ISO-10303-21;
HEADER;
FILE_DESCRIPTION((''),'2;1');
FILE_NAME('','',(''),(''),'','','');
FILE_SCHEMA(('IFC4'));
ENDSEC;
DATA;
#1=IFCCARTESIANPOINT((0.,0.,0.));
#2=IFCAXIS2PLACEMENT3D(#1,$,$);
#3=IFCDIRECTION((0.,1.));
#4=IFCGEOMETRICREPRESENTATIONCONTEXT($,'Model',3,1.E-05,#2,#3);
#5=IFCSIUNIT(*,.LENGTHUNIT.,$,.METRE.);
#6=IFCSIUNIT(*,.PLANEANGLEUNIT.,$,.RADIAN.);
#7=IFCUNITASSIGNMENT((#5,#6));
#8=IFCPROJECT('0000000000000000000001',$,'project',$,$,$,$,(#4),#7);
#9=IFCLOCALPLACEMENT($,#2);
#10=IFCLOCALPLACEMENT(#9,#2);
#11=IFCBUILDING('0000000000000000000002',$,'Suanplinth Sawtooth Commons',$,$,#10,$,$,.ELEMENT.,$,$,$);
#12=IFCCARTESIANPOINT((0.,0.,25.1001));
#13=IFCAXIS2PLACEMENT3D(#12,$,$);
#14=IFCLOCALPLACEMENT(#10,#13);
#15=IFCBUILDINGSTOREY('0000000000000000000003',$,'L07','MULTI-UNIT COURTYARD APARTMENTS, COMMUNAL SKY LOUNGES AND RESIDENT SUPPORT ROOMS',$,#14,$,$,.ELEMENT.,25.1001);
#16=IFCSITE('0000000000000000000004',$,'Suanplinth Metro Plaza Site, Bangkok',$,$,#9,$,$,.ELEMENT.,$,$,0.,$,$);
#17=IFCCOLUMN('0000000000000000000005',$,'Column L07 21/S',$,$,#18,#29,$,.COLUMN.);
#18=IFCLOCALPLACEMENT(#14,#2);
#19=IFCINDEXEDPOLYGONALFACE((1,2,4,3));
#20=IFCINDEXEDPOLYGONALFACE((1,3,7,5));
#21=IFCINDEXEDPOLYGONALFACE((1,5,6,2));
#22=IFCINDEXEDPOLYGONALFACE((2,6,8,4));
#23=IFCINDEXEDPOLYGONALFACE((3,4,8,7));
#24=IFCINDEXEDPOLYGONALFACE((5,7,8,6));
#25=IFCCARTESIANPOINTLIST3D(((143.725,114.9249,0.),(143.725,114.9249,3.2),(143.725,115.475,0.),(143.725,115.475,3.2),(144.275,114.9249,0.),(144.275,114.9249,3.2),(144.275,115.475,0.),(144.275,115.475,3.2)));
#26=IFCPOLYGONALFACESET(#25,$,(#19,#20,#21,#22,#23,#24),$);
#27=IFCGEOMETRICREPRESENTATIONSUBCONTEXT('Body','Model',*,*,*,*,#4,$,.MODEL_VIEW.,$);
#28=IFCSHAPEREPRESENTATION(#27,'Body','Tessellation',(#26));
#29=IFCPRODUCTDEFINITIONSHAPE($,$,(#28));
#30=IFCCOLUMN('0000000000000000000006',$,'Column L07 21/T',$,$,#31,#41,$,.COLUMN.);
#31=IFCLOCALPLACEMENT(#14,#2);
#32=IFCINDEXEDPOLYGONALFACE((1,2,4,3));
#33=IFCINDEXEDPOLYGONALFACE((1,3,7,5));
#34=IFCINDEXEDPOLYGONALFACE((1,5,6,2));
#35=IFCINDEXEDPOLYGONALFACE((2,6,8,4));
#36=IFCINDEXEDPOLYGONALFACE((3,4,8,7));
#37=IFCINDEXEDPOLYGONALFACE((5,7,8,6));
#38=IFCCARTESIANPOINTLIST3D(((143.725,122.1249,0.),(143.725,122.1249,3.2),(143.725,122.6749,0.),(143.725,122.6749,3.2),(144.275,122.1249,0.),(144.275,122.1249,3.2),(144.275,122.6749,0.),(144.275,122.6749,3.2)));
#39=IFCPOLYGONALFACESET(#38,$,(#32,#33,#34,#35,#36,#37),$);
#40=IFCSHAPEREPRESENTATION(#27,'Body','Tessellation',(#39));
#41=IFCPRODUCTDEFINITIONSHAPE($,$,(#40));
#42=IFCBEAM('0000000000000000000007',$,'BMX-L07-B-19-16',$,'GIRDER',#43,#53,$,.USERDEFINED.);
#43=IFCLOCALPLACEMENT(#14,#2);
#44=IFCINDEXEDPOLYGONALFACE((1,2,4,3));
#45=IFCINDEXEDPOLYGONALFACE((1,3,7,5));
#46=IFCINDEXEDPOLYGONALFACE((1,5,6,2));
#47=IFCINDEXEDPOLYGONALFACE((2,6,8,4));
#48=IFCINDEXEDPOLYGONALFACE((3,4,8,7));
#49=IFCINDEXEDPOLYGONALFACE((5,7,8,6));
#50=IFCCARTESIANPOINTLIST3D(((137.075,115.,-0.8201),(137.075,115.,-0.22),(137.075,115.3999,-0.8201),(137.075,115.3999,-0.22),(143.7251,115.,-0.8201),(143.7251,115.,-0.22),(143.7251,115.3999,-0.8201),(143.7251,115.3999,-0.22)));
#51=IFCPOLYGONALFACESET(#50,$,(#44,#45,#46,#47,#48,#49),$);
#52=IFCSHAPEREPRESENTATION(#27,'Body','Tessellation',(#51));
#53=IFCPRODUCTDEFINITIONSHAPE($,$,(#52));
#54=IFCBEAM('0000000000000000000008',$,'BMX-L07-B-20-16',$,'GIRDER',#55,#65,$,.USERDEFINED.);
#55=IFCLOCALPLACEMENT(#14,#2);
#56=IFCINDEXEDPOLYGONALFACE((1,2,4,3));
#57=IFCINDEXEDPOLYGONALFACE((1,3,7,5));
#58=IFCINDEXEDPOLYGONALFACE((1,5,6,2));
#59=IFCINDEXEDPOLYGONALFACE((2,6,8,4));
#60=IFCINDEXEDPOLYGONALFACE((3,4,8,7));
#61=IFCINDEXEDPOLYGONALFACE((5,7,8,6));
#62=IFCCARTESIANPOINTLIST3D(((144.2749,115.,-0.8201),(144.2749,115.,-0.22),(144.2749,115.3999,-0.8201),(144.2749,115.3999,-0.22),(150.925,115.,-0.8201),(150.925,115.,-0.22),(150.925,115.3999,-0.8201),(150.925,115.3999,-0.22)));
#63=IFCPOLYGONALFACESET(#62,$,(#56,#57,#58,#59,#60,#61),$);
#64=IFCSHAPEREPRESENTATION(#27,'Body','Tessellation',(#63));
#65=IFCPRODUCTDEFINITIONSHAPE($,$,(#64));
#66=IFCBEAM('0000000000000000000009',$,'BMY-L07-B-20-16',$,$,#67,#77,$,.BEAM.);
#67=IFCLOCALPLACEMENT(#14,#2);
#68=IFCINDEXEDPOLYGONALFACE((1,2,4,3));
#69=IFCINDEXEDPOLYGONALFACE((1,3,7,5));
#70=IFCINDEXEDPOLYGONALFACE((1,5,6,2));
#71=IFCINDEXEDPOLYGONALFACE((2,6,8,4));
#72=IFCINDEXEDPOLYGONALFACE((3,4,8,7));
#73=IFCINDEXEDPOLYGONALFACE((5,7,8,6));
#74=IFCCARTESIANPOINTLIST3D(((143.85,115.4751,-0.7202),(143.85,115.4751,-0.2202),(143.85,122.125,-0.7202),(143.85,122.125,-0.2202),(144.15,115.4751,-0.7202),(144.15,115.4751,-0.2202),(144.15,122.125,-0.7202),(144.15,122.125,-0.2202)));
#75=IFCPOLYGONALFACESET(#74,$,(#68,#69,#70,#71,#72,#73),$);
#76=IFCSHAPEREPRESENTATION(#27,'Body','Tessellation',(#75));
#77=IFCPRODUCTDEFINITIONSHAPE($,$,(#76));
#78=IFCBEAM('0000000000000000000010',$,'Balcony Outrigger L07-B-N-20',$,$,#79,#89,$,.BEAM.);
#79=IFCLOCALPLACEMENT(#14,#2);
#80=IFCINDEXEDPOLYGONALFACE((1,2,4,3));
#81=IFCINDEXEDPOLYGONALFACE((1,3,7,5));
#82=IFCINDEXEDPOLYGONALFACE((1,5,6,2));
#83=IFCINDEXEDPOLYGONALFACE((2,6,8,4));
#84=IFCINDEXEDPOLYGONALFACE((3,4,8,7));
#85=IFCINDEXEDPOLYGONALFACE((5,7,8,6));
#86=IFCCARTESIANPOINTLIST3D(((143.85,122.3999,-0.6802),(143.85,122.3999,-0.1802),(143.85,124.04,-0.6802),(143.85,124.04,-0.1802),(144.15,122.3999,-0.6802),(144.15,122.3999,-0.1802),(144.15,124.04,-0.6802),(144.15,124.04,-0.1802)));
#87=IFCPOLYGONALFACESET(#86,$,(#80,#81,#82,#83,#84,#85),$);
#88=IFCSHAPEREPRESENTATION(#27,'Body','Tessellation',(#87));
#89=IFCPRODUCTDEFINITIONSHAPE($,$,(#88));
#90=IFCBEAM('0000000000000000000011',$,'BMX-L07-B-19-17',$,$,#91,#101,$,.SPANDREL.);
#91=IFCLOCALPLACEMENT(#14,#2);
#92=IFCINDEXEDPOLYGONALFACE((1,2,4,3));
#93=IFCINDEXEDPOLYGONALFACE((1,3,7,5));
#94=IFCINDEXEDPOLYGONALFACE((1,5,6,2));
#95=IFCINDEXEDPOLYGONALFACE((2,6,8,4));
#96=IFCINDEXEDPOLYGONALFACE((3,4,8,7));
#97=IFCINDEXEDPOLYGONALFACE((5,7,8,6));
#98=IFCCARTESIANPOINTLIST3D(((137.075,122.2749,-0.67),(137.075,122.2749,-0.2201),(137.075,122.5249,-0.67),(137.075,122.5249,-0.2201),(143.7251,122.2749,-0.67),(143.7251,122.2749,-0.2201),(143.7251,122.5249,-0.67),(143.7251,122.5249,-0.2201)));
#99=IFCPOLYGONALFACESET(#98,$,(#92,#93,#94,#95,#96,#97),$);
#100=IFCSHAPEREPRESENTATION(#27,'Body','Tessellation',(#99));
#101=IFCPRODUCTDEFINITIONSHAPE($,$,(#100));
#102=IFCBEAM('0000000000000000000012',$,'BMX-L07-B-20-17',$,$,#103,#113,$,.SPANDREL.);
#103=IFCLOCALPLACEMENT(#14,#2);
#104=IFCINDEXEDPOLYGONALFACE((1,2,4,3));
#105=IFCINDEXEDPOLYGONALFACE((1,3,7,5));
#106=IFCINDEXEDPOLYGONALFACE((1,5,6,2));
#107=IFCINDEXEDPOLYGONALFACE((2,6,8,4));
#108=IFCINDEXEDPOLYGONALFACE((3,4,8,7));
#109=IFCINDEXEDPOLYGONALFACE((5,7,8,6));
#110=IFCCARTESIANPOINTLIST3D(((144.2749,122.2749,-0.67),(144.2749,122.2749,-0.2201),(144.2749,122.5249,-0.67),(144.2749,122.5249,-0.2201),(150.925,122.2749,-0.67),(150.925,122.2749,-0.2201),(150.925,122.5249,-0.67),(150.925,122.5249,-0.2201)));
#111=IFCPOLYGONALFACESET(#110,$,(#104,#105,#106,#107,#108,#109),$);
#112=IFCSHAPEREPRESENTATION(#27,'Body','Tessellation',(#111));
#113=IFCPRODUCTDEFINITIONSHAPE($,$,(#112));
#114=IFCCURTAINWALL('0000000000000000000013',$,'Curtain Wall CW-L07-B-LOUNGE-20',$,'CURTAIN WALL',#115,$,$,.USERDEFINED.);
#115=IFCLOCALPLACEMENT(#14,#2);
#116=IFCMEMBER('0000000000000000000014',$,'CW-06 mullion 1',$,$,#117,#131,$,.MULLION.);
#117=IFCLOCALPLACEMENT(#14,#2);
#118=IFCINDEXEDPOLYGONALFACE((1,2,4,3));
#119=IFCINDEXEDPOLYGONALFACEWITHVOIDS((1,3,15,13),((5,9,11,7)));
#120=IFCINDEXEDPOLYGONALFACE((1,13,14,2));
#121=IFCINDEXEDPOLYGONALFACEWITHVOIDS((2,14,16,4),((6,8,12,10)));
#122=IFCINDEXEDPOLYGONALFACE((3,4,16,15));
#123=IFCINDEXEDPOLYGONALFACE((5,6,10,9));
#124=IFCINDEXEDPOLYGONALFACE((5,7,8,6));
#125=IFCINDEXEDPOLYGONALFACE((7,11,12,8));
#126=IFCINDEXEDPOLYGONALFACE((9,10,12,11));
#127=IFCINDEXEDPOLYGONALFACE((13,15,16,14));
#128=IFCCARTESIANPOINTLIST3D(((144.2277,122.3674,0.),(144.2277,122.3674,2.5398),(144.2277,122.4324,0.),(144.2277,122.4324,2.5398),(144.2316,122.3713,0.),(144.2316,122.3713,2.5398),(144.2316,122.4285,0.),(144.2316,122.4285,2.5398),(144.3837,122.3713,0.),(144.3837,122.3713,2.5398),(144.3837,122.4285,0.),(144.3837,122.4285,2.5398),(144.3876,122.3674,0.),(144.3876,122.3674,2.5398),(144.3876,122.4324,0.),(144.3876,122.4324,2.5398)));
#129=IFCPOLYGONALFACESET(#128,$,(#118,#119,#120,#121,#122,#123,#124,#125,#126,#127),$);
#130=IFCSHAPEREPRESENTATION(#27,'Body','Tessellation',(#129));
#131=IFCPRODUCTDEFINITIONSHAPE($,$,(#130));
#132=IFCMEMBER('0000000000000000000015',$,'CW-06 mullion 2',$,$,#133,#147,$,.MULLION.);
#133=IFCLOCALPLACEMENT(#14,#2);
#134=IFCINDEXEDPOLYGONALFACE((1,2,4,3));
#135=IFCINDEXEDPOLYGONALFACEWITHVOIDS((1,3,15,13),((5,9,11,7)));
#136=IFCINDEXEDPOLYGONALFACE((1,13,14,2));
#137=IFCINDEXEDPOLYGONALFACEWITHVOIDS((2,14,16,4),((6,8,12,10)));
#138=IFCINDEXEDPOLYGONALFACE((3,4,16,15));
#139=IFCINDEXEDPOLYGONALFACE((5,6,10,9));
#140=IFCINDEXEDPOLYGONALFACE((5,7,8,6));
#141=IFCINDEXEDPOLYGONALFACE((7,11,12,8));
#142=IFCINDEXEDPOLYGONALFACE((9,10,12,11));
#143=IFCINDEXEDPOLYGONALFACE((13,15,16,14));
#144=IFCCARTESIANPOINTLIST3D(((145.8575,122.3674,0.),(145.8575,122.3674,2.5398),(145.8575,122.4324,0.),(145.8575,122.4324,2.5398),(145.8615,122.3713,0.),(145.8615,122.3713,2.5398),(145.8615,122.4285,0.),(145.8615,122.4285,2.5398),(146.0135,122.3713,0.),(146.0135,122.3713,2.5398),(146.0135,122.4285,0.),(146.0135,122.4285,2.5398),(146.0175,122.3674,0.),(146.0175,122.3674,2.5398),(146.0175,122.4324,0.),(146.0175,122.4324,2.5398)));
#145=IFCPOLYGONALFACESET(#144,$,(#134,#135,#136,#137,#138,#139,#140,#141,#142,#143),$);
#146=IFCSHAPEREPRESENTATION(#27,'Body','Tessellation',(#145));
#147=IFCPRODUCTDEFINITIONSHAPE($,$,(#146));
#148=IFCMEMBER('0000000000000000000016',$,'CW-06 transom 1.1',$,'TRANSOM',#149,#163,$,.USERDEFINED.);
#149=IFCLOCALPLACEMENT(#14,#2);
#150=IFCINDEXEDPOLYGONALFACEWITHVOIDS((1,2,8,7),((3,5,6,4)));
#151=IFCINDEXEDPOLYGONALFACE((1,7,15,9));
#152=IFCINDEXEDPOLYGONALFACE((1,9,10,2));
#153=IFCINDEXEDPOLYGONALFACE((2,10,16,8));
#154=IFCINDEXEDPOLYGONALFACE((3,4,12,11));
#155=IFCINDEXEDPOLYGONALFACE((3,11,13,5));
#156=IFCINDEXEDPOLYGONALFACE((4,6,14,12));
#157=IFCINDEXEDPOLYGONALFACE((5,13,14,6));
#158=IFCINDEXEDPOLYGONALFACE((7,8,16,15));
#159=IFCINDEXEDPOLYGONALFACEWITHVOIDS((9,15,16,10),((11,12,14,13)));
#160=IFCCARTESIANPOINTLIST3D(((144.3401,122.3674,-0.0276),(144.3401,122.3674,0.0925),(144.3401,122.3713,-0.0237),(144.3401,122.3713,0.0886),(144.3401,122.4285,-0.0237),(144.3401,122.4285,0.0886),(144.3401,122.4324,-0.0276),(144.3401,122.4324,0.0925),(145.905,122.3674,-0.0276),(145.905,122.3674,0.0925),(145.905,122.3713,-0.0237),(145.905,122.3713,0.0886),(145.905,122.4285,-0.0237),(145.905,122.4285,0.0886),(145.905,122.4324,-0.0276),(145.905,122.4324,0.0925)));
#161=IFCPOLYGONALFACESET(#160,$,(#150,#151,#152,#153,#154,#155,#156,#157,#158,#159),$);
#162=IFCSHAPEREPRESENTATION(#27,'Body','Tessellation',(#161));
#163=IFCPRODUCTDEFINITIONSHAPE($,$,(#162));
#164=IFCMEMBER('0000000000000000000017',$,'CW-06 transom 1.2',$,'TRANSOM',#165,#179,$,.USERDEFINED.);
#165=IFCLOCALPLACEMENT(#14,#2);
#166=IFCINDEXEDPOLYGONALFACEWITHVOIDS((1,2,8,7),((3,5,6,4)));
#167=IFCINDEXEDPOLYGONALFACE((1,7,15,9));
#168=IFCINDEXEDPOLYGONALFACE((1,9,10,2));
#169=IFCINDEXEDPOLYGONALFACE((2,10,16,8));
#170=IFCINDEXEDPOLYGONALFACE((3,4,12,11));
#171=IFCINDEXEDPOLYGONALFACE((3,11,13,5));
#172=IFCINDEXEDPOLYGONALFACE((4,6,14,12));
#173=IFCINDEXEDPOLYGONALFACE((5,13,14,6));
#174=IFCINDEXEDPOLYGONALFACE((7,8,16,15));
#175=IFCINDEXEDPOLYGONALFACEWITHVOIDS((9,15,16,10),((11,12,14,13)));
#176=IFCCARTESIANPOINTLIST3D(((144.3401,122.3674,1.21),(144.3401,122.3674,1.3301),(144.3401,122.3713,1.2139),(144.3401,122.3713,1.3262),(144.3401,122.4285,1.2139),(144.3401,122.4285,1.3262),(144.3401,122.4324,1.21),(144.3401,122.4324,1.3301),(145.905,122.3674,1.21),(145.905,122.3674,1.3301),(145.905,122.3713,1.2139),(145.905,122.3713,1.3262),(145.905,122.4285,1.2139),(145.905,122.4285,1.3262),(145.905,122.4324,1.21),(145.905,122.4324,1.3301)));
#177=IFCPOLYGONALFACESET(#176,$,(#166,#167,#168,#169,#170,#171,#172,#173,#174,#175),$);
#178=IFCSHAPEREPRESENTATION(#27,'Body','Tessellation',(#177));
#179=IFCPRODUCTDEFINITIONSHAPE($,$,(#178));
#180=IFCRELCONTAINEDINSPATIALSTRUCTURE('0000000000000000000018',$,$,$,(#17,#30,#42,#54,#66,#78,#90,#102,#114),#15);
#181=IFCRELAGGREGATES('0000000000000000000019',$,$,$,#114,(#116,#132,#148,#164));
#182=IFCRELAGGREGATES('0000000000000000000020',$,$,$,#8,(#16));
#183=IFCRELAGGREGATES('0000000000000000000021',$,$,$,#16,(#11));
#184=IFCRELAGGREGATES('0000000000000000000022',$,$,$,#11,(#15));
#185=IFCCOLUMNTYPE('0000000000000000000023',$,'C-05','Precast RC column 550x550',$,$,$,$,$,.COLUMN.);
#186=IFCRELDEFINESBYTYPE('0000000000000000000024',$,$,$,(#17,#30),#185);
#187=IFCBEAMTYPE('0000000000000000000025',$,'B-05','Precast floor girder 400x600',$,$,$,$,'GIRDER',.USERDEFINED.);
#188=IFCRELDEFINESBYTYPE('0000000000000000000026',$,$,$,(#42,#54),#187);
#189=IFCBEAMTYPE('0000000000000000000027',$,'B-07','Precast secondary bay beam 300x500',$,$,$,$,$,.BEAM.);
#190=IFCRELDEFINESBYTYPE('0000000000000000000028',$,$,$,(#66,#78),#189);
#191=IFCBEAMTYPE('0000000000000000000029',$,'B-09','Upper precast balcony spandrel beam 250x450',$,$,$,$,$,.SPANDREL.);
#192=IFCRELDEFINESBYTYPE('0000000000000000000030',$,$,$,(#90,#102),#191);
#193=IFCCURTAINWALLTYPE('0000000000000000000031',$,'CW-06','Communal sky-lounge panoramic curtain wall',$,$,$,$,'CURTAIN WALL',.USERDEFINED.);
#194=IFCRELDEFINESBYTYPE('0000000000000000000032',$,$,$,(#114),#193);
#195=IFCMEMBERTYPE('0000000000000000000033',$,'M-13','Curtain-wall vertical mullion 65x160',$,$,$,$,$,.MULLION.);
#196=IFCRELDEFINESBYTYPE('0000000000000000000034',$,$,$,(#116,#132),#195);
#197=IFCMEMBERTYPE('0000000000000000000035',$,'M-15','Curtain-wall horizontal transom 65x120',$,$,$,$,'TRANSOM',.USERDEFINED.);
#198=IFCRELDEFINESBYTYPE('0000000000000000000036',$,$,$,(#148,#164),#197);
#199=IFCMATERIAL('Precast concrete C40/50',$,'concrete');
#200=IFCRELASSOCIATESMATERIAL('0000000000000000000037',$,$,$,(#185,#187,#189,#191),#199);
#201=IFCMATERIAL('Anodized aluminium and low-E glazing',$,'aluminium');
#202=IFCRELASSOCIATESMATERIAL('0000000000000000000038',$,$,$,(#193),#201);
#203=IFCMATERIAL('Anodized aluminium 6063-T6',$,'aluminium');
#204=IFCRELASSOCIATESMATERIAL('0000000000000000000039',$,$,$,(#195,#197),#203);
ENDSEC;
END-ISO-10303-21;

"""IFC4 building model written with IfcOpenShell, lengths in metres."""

from ifc_helpers import new_model, si_unit, direction, frame, origin, origin_2d, place, context, subcontext, project, spatial, rectangle, hollow_rectangle, extrude, material, material_profile, profile_set, type_object, element, aggregate, save


model = new_model("IFC4")

# Units and contexts
model_context = context("Model", 3, precision=1e-05, world=origin(), true_north=direction((0.0, 1.0)))
body_context = subcontext(model_context, "Body", "Model", "MODEL_VIEW")
ifc_project = project(units=[si_unit("LENGTHUNIT", "METRE"), si_unit("PLANEANGLEUNIT", "RADIAN")], contexts=[model_context])

# Site, building, storey
site_placement = place(None, origin())
site = spatial("IfcSite", under=ifc_project, at=site_placement, Name="Suanplinth Metro Plaza Site, Bangkok", CompositionType="ELEMENT", RefElevation=0.0)
building_placement = place(site_placement, origin())
building = spatial("IfcBuilding", under=site, at=building_placement, Name="Suanplinth Sawtooth Commons", CompositionType="ELEMENT")
storey_placement = place(building_placement, frame((0.0, 0.0, 25.1001)))
storey = spatial("IfcBuildingStorey", under=building, at=storey_placement, Name="L07", Description="MULTI-UNIT COURTYARD APARTMENTS, COMMUNAL SKY LOUNGES AND RESIDENT SUPPORT ROOMS", CompositionType="ELEMENT", Elevation=25.1001)

# Columns
ifc_material_1 = material(Name="Precast concrete C40/50", Category="concrete")
ifc_material_profile_1 = material_profile(ifc_material_1, rectangle(XDim=0.55, YDim=0.55, at=origin_2d()), Name="PC-COL 550x550")
ifc_profile_set_1 = profile_set([ifc_material_profile_1], Name="Precast concrete C40/50")
column_type = type_object("IfcColumnType", Name="C-05", Description="Precast RC column 550x550", PredefinedType="COLUMN", material=ifc_profile_set_1)
for number, where, z_axis, x_axis, name in (
    (1, (144.0, 115.2, 0.0), (0.0, 0.0, 1.0), (1.0, 0.0, 0.0), "Column L07 21/S"),
    (2, (144.0, 122.3999, 0.0), (0.0, 0.0, 1.0), (1.0, 0.0, 0.0), "Column L07 21/T"),
):
    element("IfcColumn", number, at=place(storey_placement, frame(where, z_axis=z_axis, x_axis=x_axis)), inside=storey, type_object=column_type, Name=name, PredefinedType="COLUMN", context=body_context, shape_type="SweptSolid", body=[
        extrude(rectangle(XDim=0.55, YDim=0.55, at=origin_2d()), origin(), (0.0, 0.0, 1.0), 3.2),
    ])

# Beams
ifc_material_profile_2 = material_profile(ifc_material_1, rectangle(XDim=0.3999, YDim=0.6001, at=origin_2d()), Name="PC-GDR 400x600")
ifc_profile_set_2 = profile_set([ifc_material_profile_2], Name="Precast concrete C40/50")
beam_type_1 = type_object("IfcBeamType", Name="B-05", Description="Precast floor girder 400x600", ElementType="GIRDER", PredefinedType="USERDEFINED", material=ifc_profile_set_2)
for number, where, z_axis, x_axis, name in (
    (3, (137.075, 115.2, -0.52), (1.0, 0.0, 0.0), (0.0, 1.0, 0.0), "BMX-L07-B-19-16"),
    (4, (144.2749, 115.2, -0.52), (1.0, 0.0, 0.0), (0.0, 1.0, 0.0), "BMX-L07-B-20-16"),
):
    element("IfcBeam", number, at=place(storey_placement, frame(where, z_axis=z_axis, x_axis=x_axis)), inside=storey, type_object=beam_type_1, Name=name, ObjectType="GIRDER", PredefinedType="USERDEFINED", context=body_context, shape_type="SweptSolid", body=[
        extrude(rectangle(XDim=0.3999, YDim=0.6001, at=origin_2d()), origin(), (0.0, 0.0, 1.0), 6.6501),
    ])
ifc_material_profile_3 = material_profile(ifc_material_1, rectangle(XDim=0.3, YDim=0.5, at=origin_2d()), Name="PC-BM 300x500")
ifc_profile_set_3 = profile_set([ifc_material_profile_3], Name="Precast concrete C40/50")
beam_type_2 = type_object("IfcBeamType", Name="B-07", Description="Precast secondary bay beam 300x500", PredefinedType="BEAM", material=ifc_profile_set_3)
beam_1_placement = place(storey_placement, frame((144.0, 115.4751, -0.4702), z_axis=(0.0, 1.0, 0.0), x_axis=(-1.0, 0.0, 0.0)))
element("IfcBeam", 5, at=beam_1_placement, inside=storey, type_object=beam_type_2, Name="BMY-L07-B-20-16", PredefinedType="BEAM", context=body_context, shape_type="SweptSolid", body=[
    extrude(rectangle(XDim=0.3, YDim=0.5, at=origin_2d()), origin(), (0.0, 0.0, 1.0), 6.6499),
])
beam_2_placement = place(storey_placement, frame((144.0, 122.3999, -0.4302), z_axis=(0.0, 1.0, 0.0), x_axis=(-1.0, 0.0, 0.0)))
element("IfcBeam", 6, at=beam_2_placement, inside=storey, type_object=beam_type_2, Name="Balcony Outrigger L07-B-N-20", PredefinedType="BEAM", context=body_context, shape_type="SweptSolid", body=[
    extrude(rectangle(XDim=0.3, YDim=0.5, at=origin_2d()), origin(), (0.0, 0.0, 1.0), 1.6401),
])
ifc_material_profile_4 = material_profile(ifc_material_1, rectangle(XDim=0.25, YDim=0.45, at=origin_2d()), Name="PC-SP 250x450")
ifc_profile_set_4 = profile_set([ifc_material_profile_4], Name="Precast concrete C40/50")
beam_type_3 = type_object("IfcBeamType", Name="B-09", Description="Upper precast balcony spandrel beam 250x450", PredefinedType="SPANDREL", material=ifc_profile_set_4)
for number, where, z_axis, x_axis, name in (
    (7, (137.075, 122.3999, -0.4451), (1.0, 0.0, 0.0), (0.0, 1.0, 0.0), "BMX-L07-B-19-17"),
    (8, (144.2749, 122.3999, -0.4451), (1.0, 0.0, 0.0), (0.0, 1.0, 0.0), "BMX-L07-B-20-17"),
):
    element("IfcBeam", number, at=place(storey_placement, frame(where, z_axis=z_axis, x_axis=x_axis)), inside=storey, type_object=beam_type_3, Name=name, PredefinedType="SPANDREL", context=body_context, shape_type="SweptSolid", body=[
        extrude(rectangle(XDim=0.25, YDim=0.45, at=origin_2d()), origin(), (0.0, 0.0, 1.0), 6.6501),
    ])

# Curtain wall, members
ifc_material_2 = material(Name="Anodized aluminium and low-E glazing", Category="aluminium")
curtain_wall_type = type_object("IfcCurtainWallType", Name="CW-06", Description="Communal sky-lounge panoramic curtain wall", ElementType="CURTAIN WALL", PredefinedType="USERDEFINED", material=ifc_material_2)
curtain_wall_placement = place(storey_placement, origin())
curtain_wall = element("IfcCurtainWall", 9, at=curtain_wall_placement, inside=storey, type_object=curtain_wall_type, Name="Curtain Wall CW-L07-B-LOUNGE-20", ObjectType="CURTAIN WALL", PredefinedType="USERDEFINED")
ifc_material_3 = material(Name="Anodized aluminium 6063-T6", Category="aluminium")
ifc_material_profile_5 = material_profile(ifc_material_3, hollow_rectangle(XDim=0.0649, YDim=0.1599, WallThickness=0.0039, at=origin_2d()), Name="ALU-MUL 65x160")
ifc_profile_set_5 = profile_set([ifc_material_profile_5], Name="Anodized aluminium 6063-T6")
member_type_1 = type_object("IfcMemberType", Name="M-13", Description="Curtain-wall vertical mullion 65x160", PredefinedType="MULLION", material=ifc_profile_set_5)
member_1_placement = place(storey_placement, frame((144.3076, 122.3999, 0.0), z_axis=(0.0, 0.0, 1.0), x_axis=(0.0, 1.0, 0.0)))
member_1 = element("IfcMember", 10, at=member_1_placement, type_object=member_type_1, Name="CW-06 mullion 1", PredefinedType="MULLION", context=body_context, shape_type="SweptSolid", body=[
    extrude(hollow_rectangle(XDim=0.0649, YDim=0.1599, WallThickness=0.0039, at=origin_2d()), origin(), (0.0, 0.0, 1.0), 2.5398),
])
member_2_placement = place(storey_placement, frame((145.9375, 122.3999, 0.0), z_axis=(0.0, 0.0, 1.0), x_axis=(0.0, 1.0, 0.0)))
member_2 = element("IfcMember", 11, at=member_2_placement, type_object=member_type_1, Name="CW-06 mullion 2", PredefinedType="MULLION", context=body_context, shape_type="SweptSolid", body=[
    extrude(hollow_rectangle(XDim=0.0649, YDim=0.1599, WallThickness=0.0039, at=origin_2d()), origin(), (0.0, 0.0, 1.0), 2.5398),
])
ifc_material_profile_6 = material_profile(ifc_material_3, hollow_rectangle(XDim=0.0649, YDim=0.1201, WallThickness=0.0039, at=origin_2d()), Name="ALU-TRN 65x120")
ifc_profile_set_6 = profile_set([ifc_material_profile_6], Name="Anodized aluminium 6063-T6")
member_type_2 = type_object("IfcMemberType", Name="M-15", Description="Curtain-wall horizontal transom 65x120", ElementType="TRANSOM", PredefinedType="USERDEFINED", material=ifc_profile_set_6)
member_3_placement = place(storey_placement, frame((144.3401, 122.3999, 0.0325), z_axis=(1.0, 0.0, 0.0), x_axis=(0.0, 1.0, 0.0)))
member_3 = element("IfcMember", 12, at=member_3_placement, type_object=member_type_2, Name="CW-06 transom 1.1", ObjectType="TRANSOM", PredefinedType="USERDEFINED", context=body_context, shape_type="SweptSolid", body=[
    extrude(hollow_rectangle(XDim=0.0649, YDim=0.1201, WallThickness=0.0039, at=origin_2d()), origin(), (0.0, 0.0, 1.0), 1.5649),
])
member_4_placement = place(storey_placement, frame((144.3401, 122.3999, 1.27), z_axis=(1.0, 0.0, 0.0), x_axis=(0.0, 1.0, 0.0)))
member_4 = element("IfcMember", 13, at=member_4_placement, type_object=member_type_2, Name="CW-06 transom 1.2", ObjectType="TRANSOM", PredefinedType="USERDEFINED", context=body_context, shape_type="SweptSolid", body=[
    extrude(hollow_rectangle(XDim=0.0649, YDim=0.1201, WallThickness=0.0039, at=origin_2d()), origin(), (0.0, 0.0, 1.0), 1.5649),
])
aggregate(curtain_wall, [member_1, member_2, member_3, member_4])

save(model, "model.ifc")
